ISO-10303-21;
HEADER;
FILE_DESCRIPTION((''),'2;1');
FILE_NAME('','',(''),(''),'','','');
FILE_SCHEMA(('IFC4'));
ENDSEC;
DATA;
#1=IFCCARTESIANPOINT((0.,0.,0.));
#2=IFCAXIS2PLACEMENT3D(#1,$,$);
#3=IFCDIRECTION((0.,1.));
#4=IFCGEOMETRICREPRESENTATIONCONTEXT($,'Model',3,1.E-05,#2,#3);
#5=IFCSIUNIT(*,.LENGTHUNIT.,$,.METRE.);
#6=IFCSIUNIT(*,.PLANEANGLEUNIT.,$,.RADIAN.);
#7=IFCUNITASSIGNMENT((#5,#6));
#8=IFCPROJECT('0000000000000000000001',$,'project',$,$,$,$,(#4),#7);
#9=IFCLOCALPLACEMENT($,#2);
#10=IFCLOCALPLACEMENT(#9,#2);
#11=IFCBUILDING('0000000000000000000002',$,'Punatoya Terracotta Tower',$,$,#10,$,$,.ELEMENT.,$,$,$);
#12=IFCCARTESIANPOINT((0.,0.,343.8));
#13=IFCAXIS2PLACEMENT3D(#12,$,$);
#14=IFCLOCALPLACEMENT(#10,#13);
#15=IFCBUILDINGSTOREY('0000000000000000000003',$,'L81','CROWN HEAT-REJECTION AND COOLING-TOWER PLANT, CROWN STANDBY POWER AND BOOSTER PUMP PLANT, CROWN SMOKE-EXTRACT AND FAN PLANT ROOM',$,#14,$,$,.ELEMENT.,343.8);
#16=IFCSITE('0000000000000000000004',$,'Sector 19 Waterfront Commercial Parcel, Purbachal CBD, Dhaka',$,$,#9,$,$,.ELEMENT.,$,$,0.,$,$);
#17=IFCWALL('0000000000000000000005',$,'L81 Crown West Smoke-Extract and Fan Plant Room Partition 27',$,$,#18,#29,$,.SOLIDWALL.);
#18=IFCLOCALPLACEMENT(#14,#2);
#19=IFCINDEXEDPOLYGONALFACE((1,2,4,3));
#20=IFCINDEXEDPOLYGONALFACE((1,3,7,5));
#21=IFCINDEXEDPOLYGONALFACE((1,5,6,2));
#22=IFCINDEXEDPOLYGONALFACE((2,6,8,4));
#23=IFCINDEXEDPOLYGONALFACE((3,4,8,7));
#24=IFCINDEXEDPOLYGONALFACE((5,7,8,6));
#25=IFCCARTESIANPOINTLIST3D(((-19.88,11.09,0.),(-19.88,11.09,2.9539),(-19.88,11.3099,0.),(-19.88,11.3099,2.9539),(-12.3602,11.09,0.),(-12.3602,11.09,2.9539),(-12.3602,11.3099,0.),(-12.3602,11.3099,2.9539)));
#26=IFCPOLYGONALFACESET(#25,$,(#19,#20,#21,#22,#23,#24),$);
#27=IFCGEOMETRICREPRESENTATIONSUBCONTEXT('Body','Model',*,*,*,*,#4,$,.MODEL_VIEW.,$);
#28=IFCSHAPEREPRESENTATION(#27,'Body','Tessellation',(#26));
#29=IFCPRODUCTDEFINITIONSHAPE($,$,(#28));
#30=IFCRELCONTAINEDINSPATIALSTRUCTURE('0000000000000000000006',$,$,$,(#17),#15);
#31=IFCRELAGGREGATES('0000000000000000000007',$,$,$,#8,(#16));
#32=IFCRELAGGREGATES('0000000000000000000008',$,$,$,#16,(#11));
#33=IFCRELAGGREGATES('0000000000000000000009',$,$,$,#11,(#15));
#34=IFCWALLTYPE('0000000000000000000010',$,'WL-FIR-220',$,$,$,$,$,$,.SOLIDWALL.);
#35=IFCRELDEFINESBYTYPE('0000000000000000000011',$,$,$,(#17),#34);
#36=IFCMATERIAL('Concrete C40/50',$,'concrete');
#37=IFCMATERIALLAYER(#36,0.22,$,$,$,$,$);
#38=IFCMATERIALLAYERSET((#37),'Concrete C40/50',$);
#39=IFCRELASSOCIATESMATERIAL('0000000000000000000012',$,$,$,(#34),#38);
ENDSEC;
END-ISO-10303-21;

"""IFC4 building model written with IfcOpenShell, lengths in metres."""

from ifc_helpers import new_model, si_unit, direction, frame, frame_2d, origin, place, context, subcontext, project, spatial, rectangle, extrude, material, layer, layer_set, type_object, element, save


model = new_model("IFC4")

# Units and contexts
model_context = context("Model", 3, precision=1e-05, world=origin(), true_north=direction((0.0, 1.0)))
body_context = subcontext(model_context, "Body", "Model", "MODEL_VIEW")
ifc_project = project(units=[si_unit("LENGTHUNIT", "METRE"), si_unit("PLANEANGLEUNIT", "RADIAN")], contexts=[model_context])

# Site, building, storey
site_placement = place(None, origin())
site = spatial("IfcSite", under=ifc_project, at=site_placement, Name="Sector 19 Waterfront Commercial Parcel, Purbachal CBD, Dhaka", CompositionType="ELEMENT", RefElevation=0.0)
building_placement = place(site_placement, origin())
building = spatial("IfcBuilding", under=site, at=building_placement, Name="Punatoya Terracotta Tower", CompositionType="ELEMENT")
storey_placement = place(building_placement, frame((0.0, 0.0, 343.8)))
storey = spatial("IfcBuildingStorey", under=building, at=storey_placement, Name="L81", Description="CROWN HEAT-REJECTION AND COOLING-TOWER PLANT, CROWN STANDBY POWER AND BOOSTER PUMP PLANT, CROWN SMOKE-EXTRACT AND FAN PLANT ROOM", CompositionType="ELEMENT", Elevation=343.8)

# Wall
ifc_material_1 = material(Name="Concrete C40/50", Category="concrete")
ifc_layer_1 = layer(ifc_material_1, 0.22)
ifc_layer_set_1 = layer_set([ifc_layer_1], Name="Concrete C40/50")
wall_type = type_object("IfcWallType", Name="WL-FIR-220", PredefinedType="SOLIDWALL", material=ifc_layer_set_1)
wall_placement = place(storey_placement, frame((-19.8799, 11.2, 0.0), z_axis=(0.0, 0.0, 1.0), x_axis=(1.0, 0.0, 0.0)))
element("IfcWall", 1, at=wall_placement, inside=storey, type_object=wall_type, Name="L81 Crown West Smoke-Extract and Fan Plant Room Partition 27", PredefinedType="SOLIDWALL", context=body_context, shape_type="SweptSolid", body=[
    extrude(rectangle(XDim=7.5198, YDim=0.22, at=frame_2d((3.7598, 0.0))), origin(), (0.0, 0.0, 1.0), 2.9539),
])

save(model, "model.ifc")
